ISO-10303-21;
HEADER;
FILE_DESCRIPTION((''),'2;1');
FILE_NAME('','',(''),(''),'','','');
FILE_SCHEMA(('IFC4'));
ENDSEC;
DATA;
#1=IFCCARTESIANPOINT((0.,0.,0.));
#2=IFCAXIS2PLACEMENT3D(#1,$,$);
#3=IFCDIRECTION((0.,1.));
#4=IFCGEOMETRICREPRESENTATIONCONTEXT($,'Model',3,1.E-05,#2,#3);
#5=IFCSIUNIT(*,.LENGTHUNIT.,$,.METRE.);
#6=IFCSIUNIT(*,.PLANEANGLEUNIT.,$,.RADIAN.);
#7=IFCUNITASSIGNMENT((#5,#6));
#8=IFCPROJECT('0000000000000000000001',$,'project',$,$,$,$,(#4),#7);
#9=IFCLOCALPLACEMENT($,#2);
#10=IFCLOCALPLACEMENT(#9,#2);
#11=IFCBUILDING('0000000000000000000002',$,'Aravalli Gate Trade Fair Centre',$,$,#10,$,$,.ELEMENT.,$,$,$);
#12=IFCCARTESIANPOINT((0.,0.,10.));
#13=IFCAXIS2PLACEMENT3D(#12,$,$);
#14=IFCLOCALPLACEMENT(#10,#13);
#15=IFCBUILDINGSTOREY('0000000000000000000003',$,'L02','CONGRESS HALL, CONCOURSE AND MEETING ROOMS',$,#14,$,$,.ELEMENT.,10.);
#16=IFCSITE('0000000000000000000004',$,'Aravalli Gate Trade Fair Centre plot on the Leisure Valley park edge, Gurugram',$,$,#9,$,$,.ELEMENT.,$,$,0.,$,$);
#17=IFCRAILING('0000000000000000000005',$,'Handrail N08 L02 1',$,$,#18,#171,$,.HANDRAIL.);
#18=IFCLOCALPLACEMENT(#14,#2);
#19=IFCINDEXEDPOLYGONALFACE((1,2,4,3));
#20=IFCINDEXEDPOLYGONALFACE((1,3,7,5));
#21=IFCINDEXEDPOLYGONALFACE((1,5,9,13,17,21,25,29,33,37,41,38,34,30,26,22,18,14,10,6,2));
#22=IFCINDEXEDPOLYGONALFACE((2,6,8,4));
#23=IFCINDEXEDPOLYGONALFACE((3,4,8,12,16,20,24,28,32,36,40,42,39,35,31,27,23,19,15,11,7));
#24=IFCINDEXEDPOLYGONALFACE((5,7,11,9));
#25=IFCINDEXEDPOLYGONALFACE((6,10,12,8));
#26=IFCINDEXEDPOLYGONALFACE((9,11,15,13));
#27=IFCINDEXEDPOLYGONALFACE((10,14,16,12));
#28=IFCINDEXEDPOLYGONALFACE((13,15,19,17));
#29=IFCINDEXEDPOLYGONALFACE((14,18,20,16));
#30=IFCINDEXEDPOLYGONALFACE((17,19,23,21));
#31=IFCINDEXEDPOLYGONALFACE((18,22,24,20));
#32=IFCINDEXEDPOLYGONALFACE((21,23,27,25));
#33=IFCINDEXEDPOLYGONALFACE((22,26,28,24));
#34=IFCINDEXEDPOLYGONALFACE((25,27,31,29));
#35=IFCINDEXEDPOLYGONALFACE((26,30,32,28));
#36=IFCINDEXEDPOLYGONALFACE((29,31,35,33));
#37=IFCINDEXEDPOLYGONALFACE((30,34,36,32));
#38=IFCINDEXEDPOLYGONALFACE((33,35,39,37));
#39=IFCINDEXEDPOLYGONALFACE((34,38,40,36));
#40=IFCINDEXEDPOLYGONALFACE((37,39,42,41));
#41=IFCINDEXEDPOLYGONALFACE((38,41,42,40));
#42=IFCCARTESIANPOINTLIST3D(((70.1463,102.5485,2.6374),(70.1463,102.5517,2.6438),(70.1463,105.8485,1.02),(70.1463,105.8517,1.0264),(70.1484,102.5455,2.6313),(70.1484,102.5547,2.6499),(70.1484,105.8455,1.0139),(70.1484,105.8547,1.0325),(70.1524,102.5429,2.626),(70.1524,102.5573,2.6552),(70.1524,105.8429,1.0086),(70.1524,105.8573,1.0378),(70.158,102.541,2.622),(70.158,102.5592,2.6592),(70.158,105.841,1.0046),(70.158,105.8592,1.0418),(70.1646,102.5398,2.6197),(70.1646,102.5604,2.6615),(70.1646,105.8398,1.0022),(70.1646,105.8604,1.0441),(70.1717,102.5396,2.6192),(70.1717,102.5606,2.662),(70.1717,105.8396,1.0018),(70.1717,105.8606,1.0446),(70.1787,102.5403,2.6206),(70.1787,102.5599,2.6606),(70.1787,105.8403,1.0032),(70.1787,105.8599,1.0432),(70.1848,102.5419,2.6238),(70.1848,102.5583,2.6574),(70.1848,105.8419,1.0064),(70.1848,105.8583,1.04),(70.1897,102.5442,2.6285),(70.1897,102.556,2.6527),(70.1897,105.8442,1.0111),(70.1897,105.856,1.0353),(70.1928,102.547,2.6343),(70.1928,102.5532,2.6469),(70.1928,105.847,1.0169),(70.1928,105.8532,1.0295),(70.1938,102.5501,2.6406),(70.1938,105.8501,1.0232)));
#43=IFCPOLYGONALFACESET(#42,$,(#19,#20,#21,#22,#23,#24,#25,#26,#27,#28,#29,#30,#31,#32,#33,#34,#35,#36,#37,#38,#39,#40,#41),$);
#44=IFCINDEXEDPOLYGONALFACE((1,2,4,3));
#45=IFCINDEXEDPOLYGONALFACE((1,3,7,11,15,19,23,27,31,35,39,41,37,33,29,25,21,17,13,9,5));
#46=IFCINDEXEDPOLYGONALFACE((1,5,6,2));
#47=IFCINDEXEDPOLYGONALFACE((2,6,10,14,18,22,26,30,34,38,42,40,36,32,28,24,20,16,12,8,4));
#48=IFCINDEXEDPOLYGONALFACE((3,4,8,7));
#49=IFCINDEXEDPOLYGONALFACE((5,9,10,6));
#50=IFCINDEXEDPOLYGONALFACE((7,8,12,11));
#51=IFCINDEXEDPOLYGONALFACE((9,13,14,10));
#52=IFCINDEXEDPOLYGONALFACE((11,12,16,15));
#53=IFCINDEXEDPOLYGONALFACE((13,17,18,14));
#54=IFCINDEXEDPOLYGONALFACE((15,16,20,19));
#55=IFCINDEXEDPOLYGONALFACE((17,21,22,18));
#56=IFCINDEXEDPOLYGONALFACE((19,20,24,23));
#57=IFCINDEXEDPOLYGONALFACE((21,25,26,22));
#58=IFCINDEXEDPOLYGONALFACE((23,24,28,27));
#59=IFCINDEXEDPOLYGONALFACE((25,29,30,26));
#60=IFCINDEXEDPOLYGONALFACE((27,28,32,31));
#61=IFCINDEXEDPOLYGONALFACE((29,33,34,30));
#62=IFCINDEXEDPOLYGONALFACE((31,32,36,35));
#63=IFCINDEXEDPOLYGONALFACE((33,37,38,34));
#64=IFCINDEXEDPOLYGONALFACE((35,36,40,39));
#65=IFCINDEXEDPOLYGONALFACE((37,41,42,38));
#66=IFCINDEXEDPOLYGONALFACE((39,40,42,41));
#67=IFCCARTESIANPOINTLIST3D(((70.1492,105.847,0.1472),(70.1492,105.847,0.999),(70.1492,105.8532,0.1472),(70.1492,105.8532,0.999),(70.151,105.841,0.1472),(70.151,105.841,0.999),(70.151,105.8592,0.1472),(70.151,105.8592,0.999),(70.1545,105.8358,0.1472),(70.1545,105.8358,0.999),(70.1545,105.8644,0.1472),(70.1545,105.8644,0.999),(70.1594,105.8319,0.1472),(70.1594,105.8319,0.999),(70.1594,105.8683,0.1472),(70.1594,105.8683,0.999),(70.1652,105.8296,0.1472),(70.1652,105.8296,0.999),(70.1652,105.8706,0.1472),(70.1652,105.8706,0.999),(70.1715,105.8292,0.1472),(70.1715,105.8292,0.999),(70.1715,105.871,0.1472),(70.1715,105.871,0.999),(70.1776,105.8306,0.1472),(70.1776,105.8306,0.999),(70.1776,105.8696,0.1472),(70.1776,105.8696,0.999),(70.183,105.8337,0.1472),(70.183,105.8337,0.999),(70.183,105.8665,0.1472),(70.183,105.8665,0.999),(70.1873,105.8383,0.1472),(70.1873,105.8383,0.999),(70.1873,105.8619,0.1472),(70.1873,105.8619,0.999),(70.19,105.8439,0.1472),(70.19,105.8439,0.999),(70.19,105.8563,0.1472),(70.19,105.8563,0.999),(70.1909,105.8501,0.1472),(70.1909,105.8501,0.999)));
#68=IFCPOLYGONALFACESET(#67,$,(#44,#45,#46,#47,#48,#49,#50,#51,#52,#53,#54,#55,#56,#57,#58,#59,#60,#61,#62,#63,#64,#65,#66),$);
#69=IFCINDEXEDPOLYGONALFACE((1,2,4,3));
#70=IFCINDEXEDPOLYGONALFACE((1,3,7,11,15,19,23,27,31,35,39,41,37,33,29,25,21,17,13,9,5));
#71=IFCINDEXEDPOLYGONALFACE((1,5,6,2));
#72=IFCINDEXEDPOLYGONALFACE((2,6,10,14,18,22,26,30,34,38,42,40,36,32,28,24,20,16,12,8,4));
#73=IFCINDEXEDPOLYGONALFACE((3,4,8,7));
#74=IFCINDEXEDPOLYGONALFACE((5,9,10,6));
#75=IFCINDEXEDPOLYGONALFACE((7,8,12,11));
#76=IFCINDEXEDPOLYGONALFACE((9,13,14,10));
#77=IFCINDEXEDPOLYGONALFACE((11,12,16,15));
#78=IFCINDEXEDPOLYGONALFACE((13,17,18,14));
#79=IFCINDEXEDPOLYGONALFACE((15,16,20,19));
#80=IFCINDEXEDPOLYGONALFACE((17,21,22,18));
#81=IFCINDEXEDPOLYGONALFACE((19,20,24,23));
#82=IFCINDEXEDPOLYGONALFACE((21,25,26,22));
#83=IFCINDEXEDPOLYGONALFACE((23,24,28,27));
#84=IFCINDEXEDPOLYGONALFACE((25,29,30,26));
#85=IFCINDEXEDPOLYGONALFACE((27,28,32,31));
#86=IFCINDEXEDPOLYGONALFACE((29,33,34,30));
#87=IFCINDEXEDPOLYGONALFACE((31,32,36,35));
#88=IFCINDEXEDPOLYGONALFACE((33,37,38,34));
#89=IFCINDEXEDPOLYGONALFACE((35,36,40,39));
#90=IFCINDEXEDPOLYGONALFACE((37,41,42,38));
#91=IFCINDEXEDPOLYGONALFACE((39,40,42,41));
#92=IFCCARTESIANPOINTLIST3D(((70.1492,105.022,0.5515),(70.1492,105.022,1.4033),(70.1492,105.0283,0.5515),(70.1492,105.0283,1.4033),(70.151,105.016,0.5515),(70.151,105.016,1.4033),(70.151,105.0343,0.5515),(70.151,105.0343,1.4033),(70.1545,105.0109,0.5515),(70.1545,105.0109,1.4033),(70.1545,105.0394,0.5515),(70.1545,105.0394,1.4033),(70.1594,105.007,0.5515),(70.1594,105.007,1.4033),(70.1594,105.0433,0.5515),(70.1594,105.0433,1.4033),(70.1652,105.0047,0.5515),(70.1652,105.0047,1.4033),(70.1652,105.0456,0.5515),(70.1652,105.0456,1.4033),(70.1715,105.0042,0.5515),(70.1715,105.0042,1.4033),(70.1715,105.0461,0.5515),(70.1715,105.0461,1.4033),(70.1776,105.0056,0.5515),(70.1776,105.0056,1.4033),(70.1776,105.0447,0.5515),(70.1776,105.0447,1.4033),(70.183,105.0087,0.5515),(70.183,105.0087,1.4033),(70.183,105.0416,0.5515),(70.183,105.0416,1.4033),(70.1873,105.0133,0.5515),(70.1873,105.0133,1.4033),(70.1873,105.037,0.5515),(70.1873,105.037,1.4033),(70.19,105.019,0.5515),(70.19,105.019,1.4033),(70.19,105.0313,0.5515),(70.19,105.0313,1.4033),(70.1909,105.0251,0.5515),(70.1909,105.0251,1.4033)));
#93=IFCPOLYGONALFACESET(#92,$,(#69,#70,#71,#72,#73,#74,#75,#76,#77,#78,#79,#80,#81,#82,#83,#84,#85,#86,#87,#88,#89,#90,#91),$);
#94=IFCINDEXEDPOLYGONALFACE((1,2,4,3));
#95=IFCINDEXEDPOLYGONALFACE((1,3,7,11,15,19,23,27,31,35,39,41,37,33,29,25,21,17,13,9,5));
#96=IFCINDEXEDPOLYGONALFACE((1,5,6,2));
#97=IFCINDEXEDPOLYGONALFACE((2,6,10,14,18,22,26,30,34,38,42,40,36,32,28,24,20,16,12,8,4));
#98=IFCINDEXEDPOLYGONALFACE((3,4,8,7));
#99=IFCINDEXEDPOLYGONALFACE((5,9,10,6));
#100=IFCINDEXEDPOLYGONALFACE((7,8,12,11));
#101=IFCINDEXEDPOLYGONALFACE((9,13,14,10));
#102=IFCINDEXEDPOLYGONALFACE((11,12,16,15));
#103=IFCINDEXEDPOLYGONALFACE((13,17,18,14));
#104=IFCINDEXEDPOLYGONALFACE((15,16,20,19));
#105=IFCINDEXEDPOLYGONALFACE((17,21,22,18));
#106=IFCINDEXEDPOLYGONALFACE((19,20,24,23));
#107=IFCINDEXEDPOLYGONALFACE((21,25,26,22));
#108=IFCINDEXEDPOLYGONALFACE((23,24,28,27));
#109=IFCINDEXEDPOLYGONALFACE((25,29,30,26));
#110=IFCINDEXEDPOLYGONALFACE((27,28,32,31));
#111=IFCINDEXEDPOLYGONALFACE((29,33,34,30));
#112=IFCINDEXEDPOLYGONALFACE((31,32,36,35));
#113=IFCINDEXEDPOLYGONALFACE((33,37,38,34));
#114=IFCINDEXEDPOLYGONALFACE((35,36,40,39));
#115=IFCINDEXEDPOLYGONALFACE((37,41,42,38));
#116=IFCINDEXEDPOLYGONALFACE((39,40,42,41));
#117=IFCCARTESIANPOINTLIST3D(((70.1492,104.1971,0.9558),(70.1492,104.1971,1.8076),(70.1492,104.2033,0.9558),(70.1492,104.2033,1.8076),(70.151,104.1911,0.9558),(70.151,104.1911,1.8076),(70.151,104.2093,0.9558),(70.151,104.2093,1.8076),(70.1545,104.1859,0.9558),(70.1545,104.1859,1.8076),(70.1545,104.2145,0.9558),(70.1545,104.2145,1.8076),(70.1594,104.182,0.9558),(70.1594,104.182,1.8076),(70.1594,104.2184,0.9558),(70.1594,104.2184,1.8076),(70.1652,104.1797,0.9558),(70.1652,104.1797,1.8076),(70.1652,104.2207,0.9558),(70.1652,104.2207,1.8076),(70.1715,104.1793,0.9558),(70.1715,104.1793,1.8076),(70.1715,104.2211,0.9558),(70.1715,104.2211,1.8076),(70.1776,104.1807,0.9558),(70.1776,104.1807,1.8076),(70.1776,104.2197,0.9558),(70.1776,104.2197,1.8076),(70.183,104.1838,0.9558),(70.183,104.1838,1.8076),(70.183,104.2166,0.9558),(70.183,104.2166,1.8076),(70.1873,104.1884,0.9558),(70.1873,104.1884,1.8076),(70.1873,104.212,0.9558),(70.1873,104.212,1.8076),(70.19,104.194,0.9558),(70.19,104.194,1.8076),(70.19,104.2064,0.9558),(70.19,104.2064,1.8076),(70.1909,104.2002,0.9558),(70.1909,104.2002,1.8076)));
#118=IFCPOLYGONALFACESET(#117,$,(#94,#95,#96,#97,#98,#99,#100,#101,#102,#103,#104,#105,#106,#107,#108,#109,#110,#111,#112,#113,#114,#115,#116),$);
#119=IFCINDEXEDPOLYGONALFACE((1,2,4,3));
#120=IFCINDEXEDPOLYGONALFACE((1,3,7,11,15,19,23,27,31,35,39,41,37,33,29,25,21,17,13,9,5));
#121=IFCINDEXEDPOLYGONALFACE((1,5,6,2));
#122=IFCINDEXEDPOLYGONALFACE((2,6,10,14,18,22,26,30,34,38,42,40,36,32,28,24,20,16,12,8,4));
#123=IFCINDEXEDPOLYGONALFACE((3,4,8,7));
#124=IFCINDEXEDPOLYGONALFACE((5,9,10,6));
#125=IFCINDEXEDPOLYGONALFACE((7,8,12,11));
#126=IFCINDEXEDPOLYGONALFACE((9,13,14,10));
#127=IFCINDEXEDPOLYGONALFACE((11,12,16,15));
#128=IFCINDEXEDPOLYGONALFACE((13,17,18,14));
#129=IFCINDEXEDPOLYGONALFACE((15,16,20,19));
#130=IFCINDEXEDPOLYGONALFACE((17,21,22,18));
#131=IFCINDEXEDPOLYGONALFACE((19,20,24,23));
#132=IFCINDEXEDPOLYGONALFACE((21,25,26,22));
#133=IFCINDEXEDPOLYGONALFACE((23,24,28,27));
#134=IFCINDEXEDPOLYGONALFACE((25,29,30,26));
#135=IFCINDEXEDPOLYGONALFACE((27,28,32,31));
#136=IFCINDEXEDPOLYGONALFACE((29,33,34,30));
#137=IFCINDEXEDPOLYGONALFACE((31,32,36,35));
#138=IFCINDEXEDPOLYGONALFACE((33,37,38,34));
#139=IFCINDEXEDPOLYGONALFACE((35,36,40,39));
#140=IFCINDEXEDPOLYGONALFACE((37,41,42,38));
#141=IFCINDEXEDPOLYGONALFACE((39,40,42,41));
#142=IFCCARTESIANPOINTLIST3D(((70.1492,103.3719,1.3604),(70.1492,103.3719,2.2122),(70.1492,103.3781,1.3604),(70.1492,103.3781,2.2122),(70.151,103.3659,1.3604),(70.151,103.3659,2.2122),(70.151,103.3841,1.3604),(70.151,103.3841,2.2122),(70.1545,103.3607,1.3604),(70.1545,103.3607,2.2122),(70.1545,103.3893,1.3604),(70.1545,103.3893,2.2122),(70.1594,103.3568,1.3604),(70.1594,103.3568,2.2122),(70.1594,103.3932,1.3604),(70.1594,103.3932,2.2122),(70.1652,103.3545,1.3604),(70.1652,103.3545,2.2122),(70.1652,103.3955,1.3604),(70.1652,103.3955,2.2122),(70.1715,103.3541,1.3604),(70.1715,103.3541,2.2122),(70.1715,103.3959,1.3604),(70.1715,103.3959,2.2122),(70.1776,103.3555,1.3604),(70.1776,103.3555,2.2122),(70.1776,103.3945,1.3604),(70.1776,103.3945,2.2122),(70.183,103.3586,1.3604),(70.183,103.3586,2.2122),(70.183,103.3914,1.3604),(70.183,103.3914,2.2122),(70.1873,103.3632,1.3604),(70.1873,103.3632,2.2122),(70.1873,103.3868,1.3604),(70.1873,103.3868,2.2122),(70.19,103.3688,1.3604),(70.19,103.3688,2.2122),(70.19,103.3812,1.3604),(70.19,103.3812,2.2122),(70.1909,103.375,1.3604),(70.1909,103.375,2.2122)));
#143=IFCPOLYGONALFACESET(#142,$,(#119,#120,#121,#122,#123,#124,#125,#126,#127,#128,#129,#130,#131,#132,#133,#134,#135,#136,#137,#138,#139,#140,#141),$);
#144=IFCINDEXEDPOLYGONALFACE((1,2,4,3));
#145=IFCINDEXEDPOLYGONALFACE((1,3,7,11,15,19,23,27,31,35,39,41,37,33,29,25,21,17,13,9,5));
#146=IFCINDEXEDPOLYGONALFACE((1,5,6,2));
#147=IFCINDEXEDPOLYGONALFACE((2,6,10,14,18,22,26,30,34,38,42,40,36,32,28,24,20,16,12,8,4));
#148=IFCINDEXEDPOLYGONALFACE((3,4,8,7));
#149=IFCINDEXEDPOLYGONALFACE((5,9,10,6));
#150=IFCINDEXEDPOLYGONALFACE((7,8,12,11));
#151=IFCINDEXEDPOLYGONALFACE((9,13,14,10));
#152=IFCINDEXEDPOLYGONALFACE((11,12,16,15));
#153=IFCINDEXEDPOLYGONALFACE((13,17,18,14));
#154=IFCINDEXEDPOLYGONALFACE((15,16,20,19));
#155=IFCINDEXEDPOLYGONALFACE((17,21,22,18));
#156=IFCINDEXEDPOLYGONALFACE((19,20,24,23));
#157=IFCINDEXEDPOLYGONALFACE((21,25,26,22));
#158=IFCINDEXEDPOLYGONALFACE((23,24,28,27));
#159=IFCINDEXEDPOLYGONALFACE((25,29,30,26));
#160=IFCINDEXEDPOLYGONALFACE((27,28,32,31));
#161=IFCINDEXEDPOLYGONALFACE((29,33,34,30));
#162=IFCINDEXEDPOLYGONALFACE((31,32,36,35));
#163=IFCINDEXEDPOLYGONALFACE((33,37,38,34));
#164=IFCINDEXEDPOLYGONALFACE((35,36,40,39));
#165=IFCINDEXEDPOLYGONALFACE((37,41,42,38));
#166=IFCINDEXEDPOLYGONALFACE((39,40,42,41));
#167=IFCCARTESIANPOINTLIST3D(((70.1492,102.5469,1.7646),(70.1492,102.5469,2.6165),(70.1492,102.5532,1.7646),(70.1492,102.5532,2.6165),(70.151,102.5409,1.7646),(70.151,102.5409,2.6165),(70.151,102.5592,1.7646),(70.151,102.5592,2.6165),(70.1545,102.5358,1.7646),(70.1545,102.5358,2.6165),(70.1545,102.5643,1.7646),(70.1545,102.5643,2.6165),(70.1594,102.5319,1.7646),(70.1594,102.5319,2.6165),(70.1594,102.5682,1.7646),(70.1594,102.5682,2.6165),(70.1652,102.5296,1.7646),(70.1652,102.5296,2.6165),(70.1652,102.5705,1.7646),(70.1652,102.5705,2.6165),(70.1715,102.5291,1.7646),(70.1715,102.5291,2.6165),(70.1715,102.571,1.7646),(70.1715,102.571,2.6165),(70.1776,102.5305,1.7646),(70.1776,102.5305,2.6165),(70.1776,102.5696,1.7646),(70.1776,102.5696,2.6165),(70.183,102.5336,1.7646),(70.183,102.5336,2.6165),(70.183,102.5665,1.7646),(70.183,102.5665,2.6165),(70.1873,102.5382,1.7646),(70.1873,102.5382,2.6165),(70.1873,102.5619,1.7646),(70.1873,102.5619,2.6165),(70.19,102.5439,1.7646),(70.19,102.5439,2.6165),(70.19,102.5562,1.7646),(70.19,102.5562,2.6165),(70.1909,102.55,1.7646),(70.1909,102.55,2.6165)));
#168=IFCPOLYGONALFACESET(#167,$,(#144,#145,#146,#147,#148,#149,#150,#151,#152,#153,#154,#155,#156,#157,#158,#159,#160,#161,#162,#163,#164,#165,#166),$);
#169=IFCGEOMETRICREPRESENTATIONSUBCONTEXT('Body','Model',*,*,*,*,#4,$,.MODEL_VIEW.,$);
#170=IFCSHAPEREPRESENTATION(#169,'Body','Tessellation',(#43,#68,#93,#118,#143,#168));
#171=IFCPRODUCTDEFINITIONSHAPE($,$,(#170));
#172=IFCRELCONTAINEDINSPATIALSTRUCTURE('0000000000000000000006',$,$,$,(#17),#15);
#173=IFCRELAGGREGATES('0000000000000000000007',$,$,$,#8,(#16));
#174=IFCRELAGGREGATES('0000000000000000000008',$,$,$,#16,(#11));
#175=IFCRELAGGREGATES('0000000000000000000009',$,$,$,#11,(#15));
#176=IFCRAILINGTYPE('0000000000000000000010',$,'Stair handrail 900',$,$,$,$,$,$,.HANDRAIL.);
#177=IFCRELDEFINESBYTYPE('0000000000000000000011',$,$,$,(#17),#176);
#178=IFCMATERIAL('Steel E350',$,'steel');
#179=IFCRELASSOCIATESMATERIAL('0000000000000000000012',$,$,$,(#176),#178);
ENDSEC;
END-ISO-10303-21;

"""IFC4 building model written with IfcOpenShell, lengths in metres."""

from ifc_helpers import new_model, si_unit, direction, frame, origin, origin_2d, place, context, subcontext, project, spatial, circle, extrude, material, type_object, element, save


model = new_model("IFC4")

# Units and contexts
model_context = context("Model", 3, precision=1e-05, world=origin(), true_north=direction((0.0, 1.0)))
body_context = subcontext(model_context, "Body", "Model", "MODEL_VIEW")
ifc_project = project(units=[si_unit("LENGTHUNIT", "METRE"), si_unit("PLANEANGLEUNIT", "RADIAN")], contexts=[model_context])

# Site, building, storey
site_placement = place(None, origin())
site = spatial("IfcSite", under=ifc_project, at=site_placement, Name="Aravalli Gate Trade Fair Centre plot on the Leisure Valley park edge, Gurugram", CompositionType="ELEMENT", RefElevation=0.0)
building_placement = place(site_placement, origin())
building = spatial("IfcBuilding", under=site, at=building_placement, Name="Aravalli Gate Trade Fair Centre", CompositionType="ELEMENT")
storey_placement = place(building_placement, frame((0.0, 0.0, 10.0)))
storey = spatial("IfcBuildingStorey", under=building, at=storey_placement, Name="L02", Description="CONGRESS HALL, CONCOURSE AND MEETING ROOMS", CompositionType="ELEMENT", Elevation=10.0)

# Shared definitions
ifc_material_1 = material(Name="Steel E350", Category="steel")

# Railing
railing_type_1 = type_object("IfcRailingType", Name="Stair handrail 900", PredefinedType="HANDRAIL", material=ifc_material_1)
for number, where, name in (
    (1, (70.1699, 105.8501, 0.1472), "Handrail N08 L02 1"),
):
    element("IfcRailing", number, at=place(storey_placement, frame(where)), inside=storey, type_object=railing_type_1, Name=name, PredefinedType="HANDRAIL", context=body_context, shape_type="SweptSolid", body=[
        extrude(circle(Radius=0.0239, at=origin_2d()), frame((0.0, 0.0, 0.876), z_axis=(0.0, -0.897946, 0.440105), x_axis=(1.0, 0.0, 0.0)), (0.0, 0.0, 1.0), 3.675),
        extrude(circle(Radius=0.021, at=origin_2d()), origin(), (0.0, 0.0, 1.0), 0.8518),
        extrude(circle(Radius=0.021, at=origin_2d()), frame((0.0, -0.825, 0.4043)), (0.0, 0.0, 1.0), 0.8518),
        extrude(circle(Radius=0.021, at=origin_2d()), frame((0.0, -1.6499, 0.8086)), (0.0, 0.0, 1.0), 0.8518),
        extrude(circle(Radius=0.021, at=origin_2d()), frame((0.0, -2.4751, 1.2131)), (0.0, 0.0, 1.0), 0.8518),
        extrude(circle(Radius=0.021, at=origin_2d()), frame((0.0, -3.3, 1.6174)), (0.0, 0.0, 1.0), 0.8518),
    ])

save(model, "model.ifc")
